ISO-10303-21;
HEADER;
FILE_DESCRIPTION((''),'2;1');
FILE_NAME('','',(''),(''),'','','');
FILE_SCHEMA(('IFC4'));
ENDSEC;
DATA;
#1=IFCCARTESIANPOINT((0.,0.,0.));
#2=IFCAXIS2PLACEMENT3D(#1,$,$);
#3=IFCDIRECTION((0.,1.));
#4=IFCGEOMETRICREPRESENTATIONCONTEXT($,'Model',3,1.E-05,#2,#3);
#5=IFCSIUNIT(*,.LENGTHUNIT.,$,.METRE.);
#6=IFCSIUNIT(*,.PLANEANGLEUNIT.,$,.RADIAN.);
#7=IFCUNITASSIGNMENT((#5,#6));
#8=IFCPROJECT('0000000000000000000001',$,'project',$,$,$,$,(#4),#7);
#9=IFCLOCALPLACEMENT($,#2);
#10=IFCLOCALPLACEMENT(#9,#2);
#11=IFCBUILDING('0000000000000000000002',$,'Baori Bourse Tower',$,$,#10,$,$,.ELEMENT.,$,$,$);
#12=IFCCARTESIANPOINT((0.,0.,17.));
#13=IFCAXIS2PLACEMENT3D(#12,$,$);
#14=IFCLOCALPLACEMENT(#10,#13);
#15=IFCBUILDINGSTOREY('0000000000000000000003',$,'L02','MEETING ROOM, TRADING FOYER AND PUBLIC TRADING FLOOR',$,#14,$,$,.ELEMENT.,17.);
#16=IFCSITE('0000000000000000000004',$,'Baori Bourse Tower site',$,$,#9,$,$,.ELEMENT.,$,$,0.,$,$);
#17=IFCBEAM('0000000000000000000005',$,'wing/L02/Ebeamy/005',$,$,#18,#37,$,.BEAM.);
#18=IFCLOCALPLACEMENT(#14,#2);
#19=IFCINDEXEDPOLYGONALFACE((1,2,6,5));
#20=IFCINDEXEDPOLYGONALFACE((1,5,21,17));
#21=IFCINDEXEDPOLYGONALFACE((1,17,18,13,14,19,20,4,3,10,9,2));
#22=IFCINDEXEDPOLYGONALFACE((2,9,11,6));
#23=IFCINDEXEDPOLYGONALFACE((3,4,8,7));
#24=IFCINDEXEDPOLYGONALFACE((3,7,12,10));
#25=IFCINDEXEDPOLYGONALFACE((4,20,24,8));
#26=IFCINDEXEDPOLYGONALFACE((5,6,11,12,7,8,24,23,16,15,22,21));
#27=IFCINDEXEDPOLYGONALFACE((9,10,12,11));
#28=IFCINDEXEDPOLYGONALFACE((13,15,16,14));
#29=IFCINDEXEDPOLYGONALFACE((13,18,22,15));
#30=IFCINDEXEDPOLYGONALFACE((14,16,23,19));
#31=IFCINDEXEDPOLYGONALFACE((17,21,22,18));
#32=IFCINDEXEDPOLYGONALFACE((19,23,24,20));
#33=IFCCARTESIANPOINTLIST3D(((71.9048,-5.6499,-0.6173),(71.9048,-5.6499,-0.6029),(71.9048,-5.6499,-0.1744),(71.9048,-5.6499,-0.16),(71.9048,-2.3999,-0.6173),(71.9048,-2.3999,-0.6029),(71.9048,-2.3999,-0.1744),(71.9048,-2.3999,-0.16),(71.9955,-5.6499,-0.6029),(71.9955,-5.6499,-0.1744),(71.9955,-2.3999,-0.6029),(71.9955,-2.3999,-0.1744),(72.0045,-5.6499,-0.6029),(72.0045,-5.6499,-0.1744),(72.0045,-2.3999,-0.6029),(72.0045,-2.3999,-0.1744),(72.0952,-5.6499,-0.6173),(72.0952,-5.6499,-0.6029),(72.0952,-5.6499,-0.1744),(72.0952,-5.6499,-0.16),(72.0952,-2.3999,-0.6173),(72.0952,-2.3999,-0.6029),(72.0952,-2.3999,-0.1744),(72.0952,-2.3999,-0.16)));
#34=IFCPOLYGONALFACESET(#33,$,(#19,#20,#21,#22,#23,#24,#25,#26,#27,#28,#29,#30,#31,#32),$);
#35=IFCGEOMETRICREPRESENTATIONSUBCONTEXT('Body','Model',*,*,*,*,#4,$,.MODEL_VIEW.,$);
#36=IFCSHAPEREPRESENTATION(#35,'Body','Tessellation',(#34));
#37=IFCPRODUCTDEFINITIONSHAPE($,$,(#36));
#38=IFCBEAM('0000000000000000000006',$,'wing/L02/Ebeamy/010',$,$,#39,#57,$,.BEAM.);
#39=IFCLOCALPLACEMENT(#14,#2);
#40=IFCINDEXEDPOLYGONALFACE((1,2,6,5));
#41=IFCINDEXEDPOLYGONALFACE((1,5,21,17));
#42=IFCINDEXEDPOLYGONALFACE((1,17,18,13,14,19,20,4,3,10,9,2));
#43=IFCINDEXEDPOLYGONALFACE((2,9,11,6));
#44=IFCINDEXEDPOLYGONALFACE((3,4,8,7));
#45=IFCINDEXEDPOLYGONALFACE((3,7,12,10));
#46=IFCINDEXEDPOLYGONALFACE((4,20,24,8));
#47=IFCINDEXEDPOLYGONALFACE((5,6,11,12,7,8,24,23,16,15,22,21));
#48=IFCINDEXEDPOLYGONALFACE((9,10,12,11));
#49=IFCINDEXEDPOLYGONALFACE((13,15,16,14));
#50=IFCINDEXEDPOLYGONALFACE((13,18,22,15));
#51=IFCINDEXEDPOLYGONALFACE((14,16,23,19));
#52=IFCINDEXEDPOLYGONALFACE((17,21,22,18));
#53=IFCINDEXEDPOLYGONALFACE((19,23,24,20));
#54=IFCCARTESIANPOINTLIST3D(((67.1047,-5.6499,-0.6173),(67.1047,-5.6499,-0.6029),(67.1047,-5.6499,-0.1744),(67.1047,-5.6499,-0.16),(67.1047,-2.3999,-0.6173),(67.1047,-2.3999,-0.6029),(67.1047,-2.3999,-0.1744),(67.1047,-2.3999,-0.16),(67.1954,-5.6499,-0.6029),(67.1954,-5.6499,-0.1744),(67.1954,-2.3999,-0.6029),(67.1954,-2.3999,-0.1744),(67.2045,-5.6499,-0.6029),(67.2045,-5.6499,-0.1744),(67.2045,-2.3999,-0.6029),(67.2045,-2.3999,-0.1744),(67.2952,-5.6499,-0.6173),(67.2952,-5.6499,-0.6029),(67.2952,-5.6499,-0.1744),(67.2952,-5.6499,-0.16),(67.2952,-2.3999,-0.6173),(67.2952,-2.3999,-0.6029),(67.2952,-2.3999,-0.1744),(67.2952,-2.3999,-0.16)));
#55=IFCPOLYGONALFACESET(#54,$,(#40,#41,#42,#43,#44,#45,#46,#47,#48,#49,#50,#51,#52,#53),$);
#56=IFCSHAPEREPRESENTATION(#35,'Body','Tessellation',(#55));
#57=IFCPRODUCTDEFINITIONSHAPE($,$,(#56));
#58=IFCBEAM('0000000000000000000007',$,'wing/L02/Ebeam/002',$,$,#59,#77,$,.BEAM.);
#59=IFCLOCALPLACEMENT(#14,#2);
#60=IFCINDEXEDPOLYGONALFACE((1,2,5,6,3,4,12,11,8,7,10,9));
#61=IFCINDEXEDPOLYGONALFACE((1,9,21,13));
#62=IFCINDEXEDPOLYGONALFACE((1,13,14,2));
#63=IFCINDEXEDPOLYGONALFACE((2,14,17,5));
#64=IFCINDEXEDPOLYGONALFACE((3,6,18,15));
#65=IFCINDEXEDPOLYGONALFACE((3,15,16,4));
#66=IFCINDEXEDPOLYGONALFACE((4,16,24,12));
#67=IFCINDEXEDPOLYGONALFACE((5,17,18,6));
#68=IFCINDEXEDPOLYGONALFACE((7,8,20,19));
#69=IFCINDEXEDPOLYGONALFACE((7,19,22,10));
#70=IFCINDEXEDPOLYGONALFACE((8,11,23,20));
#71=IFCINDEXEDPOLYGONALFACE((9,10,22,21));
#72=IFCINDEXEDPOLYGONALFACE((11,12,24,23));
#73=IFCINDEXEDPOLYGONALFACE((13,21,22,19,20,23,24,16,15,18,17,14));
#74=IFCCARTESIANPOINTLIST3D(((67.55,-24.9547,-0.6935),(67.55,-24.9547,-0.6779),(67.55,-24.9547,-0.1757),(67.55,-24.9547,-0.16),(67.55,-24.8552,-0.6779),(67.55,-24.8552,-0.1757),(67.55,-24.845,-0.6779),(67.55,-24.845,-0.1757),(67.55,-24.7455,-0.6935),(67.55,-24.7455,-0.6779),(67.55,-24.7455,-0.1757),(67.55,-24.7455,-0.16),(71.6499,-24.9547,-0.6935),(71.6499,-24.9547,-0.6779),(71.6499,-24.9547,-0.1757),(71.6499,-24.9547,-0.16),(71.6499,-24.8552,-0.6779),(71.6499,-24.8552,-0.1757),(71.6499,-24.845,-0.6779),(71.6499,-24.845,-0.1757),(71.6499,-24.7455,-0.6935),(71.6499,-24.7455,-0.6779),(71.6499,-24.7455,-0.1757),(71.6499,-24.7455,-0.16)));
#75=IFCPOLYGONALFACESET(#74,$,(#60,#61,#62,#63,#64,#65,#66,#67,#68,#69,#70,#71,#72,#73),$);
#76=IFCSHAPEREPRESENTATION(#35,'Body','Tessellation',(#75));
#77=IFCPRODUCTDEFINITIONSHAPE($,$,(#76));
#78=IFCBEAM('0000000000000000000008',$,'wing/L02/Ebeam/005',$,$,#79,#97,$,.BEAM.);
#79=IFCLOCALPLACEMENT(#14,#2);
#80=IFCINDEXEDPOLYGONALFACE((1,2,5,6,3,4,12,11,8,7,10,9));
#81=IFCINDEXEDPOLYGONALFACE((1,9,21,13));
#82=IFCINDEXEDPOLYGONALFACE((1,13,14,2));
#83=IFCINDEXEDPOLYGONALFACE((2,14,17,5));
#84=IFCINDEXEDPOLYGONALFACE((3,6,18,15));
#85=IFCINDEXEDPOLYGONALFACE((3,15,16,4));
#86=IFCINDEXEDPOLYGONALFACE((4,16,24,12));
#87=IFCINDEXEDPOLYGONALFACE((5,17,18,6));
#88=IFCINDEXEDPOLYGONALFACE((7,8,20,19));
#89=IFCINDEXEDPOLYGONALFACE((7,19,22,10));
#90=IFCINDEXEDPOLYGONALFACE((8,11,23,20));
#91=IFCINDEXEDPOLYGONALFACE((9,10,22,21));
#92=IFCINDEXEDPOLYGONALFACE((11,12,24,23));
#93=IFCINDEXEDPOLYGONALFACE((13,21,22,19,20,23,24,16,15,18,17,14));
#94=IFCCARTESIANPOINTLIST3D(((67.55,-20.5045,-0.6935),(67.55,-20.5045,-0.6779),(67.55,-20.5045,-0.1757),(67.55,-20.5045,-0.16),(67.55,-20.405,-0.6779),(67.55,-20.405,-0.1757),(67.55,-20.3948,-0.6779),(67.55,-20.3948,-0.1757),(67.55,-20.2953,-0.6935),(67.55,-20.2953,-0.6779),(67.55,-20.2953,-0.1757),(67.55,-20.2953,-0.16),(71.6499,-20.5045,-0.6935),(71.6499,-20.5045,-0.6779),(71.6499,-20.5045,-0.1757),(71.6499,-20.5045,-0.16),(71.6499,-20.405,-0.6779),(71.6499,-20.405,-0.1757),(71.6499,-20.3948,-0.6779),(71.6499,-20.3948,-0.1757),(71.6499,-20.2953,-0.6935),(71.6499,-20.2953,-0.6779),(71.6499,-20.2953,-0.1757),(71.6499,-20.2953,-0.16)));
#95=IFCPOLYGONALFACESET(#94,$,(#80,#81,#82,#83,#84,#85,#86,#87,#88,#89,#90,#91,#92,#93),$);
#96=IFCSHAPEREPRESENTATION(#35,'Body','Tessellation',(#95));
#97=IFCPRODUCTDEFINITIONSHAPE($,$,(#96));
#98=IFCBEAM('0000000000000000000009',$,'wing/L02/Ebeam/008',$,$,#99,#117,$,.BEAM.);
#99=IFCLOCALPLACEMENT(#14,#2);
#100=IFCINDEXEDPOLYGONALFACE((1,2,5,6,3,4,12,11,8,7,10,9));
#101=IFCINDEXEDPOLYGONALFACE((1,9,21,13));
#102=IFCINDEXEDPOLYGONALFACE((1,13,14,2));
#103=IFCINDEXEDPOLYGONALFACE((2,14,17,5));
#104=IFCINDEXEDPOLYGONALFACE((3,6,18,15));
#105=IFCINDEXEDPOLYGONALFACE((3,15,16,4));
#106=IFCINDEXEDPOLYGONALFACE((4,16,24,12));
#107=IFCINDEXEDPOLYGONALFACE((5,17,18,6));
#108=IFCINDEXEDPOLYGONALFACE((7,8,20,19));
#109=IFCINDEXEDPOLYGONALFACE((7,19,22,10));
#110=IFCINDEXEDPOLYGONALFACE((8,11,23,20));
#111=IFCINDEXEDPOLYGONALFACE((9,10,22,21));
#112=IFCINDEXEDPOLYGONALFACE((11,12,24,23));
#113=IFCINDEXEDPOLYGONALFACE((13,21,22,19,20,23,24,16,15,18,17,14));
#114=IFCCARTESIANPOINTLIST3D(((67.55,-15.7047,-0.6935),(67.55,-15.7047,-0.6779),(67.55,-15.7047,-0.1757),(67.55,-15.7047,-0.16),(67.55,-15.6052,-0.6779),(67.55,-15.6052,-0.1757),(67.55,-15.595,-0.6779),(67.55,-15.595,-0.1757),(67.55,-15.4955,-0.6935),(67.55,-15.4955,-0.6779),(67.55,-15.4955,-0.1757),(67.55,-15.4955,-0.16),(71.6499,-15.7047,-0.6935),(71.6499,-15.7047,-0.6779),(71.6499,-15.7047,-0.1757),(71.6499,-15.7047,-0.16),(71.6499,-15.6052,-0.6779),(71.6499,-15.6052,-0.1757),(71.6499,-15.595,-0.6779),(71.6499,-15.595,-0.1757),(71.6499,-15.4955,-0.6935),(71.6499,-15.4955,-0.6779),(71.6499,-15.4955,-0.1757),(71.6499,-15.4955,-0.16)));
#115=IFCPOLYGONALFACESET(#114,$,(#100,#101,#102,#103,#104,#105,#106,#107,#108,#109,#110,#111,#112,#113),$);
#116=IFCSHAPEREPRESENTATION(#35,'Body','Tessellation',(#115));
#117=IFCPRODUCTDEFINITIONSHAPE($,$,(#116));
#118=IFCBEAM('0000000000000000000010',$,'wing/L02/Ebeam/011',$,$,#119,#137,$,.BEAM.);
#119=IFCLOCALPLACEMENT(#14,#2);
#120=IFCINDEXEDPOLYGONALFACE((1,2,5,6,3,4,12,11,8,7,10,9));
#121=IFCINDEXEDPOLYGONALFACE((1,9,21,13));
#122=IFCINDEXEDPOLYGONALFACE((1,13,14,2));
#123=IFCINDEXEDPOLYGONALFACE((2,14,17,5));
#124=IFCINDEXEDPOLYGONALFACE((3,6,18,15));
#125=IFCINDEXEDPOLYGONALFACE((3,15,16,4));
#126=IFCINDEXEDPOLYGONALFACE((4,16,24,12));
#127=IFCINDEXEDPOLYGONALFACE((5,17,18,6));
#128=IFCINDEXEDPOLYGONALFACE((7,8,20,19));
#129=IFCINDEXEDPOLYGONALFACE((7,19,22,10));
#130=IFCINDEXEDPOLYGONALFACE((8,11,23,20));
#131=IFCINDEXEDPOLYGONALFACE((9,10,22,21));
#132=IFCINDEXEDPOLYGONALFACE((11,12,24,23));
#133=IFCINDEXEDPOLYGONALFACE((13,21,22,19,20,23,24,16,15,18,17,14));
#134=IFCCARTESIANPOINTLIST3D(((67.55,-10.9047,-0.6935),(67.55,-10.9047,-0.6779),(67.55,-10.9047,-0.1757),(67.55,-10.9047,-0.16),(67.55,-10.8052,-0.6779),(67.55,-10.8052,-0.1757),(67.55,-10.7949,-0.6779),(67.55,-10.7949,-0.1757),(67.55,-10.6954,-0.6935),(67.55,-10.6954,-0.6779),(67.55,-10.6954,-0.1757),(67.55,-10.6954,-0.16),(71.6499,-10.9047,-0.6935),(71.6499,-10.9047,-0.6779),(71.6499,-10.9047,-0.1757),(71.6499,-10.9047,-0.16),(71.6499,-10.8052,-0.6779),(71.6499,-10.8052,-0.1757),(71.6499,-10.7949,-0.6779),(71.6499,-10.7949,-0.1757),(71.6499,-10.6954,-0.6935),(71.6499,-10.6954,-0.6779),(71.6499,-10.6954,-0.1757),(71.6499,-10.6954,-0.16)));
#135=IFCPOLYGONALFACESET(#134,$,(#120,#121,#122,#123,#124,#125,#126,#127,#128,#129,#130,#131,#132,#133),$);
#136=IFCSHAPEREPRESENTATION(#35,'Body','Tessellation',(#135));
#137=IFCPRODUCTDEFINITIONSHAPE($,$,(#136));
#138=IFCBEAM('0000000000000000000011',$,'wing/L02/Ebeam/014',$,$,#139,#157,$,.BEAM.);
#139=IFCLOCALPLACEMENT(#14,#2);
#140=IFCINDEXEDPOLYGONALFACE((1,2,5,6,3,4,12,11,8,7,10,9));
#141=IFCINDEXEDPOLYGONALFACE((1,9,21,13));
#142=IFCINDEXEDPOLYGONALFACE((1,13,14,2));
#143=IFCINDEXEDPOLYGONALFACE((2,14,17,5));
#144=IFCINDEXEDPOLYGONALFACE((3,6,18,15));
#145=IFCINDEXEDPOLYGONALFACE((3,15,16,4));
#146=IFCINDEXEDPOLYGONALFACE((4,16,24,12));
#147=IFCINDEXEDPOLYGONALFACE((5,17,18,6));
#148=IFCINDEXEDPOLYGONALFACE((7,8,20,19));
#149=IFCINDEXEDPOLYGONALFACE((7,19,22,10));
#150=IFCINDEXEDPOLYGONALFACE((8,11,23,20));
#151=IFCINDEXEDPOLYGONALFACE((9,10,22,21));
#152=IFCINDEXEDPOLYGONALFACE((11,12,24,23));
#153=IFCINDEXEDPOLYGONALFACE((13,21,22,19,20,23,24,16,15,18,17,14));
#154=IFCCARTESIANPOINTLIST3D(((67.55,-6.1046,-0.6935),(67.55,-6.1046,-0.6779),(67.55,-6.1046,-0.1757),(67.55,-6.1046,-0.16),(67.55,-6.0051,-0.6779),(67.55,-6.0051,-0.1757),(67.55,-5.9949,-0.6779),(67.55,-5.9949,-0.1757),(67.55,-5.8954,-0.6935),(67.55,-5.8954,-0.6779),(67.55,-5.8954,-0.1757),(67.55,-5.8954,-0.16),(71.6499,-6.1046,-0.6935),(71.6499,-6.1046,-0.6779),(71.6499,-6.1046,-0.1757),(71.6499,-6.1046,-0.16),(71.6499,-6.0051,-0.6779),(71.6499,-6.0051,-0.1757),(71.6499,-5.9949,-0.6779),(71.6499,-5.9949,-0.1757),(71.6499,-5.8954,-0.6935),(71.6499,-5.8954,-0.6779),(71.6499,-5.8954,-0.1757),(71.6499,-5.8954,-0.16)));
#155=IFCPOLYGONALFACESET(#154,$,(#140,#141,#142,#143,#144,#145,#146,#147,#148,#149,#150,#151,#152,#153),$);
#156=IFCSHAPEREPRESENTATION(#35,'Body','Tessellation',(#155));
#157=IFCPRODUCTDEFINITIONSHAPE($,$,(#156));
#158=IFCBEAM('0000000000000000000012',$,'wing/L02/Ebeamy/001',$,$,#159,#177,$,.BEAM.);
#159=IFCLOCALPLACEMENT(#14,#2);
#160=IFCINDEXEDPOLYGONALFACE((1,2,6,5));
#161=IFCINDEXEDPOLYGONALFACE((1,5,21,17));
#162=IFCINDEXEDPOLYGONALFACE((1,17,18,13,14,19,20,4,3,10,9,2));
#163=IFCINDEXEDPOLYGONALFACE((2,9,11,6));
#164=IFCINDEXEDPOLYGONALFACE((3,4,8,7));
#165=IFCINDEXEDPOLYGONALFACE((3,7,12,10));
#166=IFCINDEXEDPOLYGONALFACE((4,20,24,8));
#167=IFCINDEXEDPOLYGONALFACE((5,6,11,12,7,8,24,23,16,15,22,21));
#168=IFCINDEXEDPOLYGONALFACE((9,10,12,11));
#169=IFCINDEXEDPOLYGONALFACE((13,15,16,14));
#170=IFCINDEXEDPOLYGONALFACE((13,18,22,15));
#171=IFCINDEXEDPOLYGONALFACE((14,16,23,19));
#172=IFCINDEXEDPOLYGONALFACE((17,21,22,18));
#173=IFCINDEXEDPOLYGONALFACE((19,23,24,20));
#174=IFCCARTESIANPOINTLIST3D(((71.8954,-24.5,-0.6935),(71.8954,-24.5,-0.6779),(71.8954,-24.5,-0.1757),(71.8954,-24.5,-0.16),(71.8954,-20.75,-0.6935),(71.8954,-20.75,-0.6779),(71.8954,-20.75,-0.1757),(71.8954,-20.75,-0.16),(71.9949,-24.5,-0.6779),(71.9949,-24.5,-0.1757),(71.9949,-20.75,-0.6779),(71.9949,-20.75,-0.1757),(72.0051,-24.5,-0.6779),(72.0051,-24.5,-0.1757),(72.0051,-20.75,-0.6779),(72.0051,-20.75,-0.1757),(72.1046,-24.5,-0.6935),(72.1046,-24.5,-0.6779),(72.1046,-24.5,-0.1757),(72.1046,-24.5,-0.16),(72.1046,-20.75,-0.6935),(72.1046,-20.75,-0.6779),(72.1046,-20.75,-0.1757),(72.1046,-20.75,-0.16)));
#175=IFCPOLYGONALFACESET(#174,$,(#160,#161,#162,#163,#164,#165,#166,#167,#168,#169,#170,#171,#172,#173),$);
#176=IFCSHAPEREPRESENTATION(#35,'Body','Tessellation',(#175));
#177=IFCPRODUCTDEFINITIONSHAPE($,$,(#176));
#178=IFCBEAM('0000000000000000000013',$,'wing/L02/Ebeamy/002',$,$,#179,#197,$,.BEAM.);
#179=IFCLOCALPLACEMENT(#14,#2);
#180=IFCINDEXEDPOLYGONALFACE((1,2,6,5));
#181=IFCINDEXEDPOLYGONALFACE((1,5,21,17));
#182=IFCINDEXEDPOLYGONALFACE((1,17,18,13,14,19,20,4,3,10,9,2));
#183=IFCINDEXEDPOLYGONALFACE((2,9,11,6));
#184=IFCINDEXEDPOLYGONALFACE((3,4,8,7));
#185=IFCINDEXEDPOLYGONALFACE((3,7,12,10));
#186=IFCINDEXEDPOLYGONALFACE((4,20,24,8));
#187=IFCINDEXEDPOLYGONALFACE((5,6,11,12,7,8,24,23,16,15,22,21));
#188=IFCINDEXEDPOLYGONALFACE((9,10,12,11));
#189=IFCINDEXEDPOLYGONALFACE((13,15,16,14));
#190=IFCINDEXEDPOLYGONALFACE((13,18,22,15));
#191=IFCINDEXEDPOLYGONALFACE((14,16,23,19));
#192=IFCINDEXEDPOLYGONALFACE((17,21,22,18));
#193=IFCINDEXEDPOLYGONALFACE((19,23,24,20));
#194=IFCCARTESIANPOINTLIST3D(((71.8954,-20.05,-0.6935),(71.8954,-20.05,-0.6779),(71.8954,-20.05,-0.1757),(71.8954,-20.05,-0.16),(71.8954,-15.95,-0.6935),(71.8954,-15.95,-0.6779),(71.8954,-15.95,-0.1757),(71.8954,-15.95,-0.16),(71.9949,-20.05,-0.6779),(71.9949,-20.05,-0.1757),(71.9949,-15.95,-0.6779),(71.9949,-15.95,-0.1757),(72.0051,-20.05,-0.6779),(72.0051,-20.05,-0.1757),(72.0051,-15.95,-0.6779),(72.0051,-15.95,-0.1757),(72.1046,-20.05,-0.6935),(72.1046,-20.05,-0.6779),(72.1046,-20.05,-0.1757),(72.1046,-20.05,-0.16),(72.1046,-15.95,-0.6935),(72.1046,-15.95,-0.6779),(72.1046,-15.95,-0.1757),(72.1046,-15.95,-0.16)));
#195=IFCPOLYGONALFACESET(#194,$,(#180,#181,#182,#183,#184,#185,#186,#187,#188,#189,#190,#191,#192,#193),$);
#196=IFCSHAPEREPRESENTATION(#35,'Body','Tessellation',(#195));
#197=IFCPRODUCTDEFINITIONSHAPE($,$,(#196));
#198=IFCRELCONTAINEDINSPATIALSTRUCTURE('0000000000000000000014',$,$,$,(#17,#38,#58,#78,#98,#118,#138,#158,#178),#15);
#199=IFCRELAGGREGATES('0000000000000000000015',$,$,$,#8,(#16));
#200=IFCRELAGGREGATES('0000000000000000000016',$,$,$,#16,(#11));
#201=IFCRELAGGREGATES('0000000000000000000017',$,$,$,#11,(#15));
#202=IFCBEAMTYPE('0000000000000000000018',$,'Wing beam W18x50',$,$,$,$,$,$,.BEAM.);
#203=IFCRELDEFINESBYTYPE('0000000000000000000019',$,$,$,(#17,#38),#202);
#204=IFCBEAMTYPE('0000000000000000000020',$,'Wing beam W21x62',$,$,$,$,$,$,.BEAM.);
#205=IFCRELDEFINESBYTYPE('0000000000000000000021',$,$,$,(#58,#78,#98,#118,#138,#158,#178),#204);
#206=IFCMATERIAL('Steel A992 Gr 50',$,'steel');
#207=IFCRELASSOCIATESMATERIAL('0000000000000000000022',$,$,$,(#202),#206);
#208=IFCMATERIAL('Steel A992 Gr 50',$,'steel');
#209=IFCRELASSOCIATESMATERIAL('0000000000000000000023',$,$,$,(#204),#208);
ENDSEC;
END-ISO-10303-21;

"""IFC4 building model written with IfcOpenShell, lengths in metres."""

from ifc_helpers import new_model, si_unit, direction, frame, origin, origin_2d, place, context, subcontext, project, spatial, i_section, extrude, material, material_profile, profile_set, type_object, element, save


model = new_model("IFC4")

# Units and contexts
model_context = context("Model", 3, precision=1e-05, world=origin(), true_north=direction((0.0, 1.0)))
body_context = subcontext(model_context, "Body", "Model", "MODEL_VIEW")
ifc_project = project(units=[si_unit("LENGTHUNIT", "METRE"), si_unit("PLANEANGLEUNIT", "RADIAN")], contexts=[model_context])

# Site, building, storey
site_placement = place(None, origin())
site = spatial("IfcSite", under=ifc_project, at=site_placement, Name="Baori Bourse Tower site", CompositionType="ELEMENT", RefElevation=0.0)
building_placement = place(site_placement, origin())
building = spatial("IfcBuilding", under=site, at=building_placement, Name="Baori Bourse Tower", CompositionType="ELEMENT")
storey_placement = place(building_placement, frame((0.0, 0.0, 17.0)))
storey = spatial("IfcBuildingStorey", under=building, at=storey_placement, Name="L02", Description="MEETING ROOM, TRADING FOYER AND PUBLIC TRADING FLOOR", CompositionType="ELEMENT", Elevation=17.0)

# Beams
ifc_material_1 = material(Name="Steel A992 Gr 50", Category="steel")
ifc_material_profile_1 = material_profile(ifc_material_1, i_section(OverallWidth=0.1904, OverallDepth=0.4573, WebThickness=0.009, FlangeThickness=0.0144, at=origin_2d()), Name="W18x50")
ifc_profile_set_1 = profile_set([ifc_material_profile_1], Name="Steel A992 Gr 50")
beam_type_1 = type_object("IfcBeamType", Name="Wing beam W18x50", PredefinedType="BEAM", material=ifc_profile_set_1)
for number, where, z_axis, x_axis, name in (
    (1, (72.0, -5.6499, -0.3887), (0.0, 1.0, 0.0), (-1.0, 0.0, 0.0), "wing/L02/Ebeamy/005"),
    (2, (67.2, -5.6499, -0.3887), (0.0, 1.0, 0.0), (-1.0, 0.0, 0.0), "wing/L02/Ebeamy/010"),
):
    element("IfcBeam", number, at=place(storey_placement, frame(where, z_axis=z_axis, x_axis=x_axis)), inside=storey, type_object=beam_type_1, Name=name, PredefinedType="BEAM", context=body_context, shape_type="SweptSolid", body=[
        extrude(i_section(OverallWidth=0.1904, OverallDepth=0.4573, WebThickness=0.009, FlangeThickness=0.0144, at=origin_2d()), origin(), (0.0, 0.0, 1.0), 3.25),
    ])
ifc_material_2 = material(Name="Steel A992 Gr 50", Category="steel")
ifc_material_profile_2 = material_profile(ifc_material_2, i_section(OverallWidth=0.2092, OverallDepth=0.5334, WebThickness=0.0103, FlangeThickness=0.0156, at=origin_2d()), Name="W21x62")
ifc_profile_set_2 = profile_set([ifc_material_profile_2], Name="Steel A992 Gr 50")
beam_type_2 = type_object("IfcBeamType", Name="Wing beam W21x62", PredefinedType="BEAM", material=ifc_profile_set_2)
for number, where, z_axis, x_axis, name in (
    (3, (71.6499, -24.8501, -0.4268), (-1.0, 0.0, 0.0), (0.0, -1.0, 0.0), "wing/L02/Ebeam/002"),
    (4, (71.6499, -20.3999, -0.4268), (-1.0, 0.0, 0.0), (0.0, -1.0, 0.0), "wing/L02/Ebeam/005"),
    (5, (71.6499, -15.6001, -0.4268), (-1.0, 0.0, 0.0), (0.0, -1.0, 0.0), "wing/L02/Ebeam/008"),
    (6, (71.6499, -10.8, -0.4268), (-1.0, 0.0, 0.0), (0.0, -1.0, 0.0), "wing/L02/Ebeam/011"),
    (7, (71.6499, -6.0, -0.4268), (-1.0, 0.0, 0.0), (0.0, -1.0, 0.0), "wing/L02/Ebeam/014"),
):
    element("IfcBeam", number, at=place(storey_placement, frame(where, z_axis=z_axis, x_axis=x_axis)), inside=storey, type_object=beam_type_2, Name=name, PredefinedType="BEAM", context=body_context, shape_type="SweptSolid", body=[
        extrude(i_section(OverallWidth=0.2092, OverallDepth=0.5334, WebThickness=0.0103, FlangeThickness=0.0156, at=origin_2d()), origin(), (0.0, 0.0, 1.0), 4.0999),
    ])
beam_1_placement = place(storey_placement, frame((72.0, -24.5, -0.4268), z_axis=(0.0, 1.0, 0.0), x_axis=(-1.0, 0.0, 0.0)))
element("IfcBeam", 8, at=beam_1_placement, inside=storey, type_object=beam_type_2, Name="wing/L02/Ebeamy/001", PredefinedType="BEAM", context=body_context, shape_type="SweptSolid", body=[
    extrude(i_section(OverallWidth=0.2092, OverallDepth=0.5334, WebThickness=0.0103, FlangeThickness=0.0156, at=origin_2d()), origin(), (0.0, 0.0, 1.0), 3.75),
])
for number, where, z_axis, x_axis, name in (
    (9, (72.0, -20.05, -0.4268), (0.0, 1.0, 0.0), (-1.0, 0.0, 0.0), "wing/L02/Ebeamy/002"),
):
    element("IfcBeam", number, at=place(storey_placement, frame(where, z_axis=z_axis, x_axis=x_axis)), inside=storey, type_object=beam_type_2, Name=name, PredefinedType="BEAM", context=body_context, shape_type="SweptSolid", body=[
        extrude(i_section(OverallWidth=0.2092, OverallDepth=0.5334, WebThickness=0.0103, FlangeThickness=0.0156, at=origin_2d()), origin(), (0.0, 0.0, 1.0), 4.1001),
    ])

save(model, "model.ifc")
